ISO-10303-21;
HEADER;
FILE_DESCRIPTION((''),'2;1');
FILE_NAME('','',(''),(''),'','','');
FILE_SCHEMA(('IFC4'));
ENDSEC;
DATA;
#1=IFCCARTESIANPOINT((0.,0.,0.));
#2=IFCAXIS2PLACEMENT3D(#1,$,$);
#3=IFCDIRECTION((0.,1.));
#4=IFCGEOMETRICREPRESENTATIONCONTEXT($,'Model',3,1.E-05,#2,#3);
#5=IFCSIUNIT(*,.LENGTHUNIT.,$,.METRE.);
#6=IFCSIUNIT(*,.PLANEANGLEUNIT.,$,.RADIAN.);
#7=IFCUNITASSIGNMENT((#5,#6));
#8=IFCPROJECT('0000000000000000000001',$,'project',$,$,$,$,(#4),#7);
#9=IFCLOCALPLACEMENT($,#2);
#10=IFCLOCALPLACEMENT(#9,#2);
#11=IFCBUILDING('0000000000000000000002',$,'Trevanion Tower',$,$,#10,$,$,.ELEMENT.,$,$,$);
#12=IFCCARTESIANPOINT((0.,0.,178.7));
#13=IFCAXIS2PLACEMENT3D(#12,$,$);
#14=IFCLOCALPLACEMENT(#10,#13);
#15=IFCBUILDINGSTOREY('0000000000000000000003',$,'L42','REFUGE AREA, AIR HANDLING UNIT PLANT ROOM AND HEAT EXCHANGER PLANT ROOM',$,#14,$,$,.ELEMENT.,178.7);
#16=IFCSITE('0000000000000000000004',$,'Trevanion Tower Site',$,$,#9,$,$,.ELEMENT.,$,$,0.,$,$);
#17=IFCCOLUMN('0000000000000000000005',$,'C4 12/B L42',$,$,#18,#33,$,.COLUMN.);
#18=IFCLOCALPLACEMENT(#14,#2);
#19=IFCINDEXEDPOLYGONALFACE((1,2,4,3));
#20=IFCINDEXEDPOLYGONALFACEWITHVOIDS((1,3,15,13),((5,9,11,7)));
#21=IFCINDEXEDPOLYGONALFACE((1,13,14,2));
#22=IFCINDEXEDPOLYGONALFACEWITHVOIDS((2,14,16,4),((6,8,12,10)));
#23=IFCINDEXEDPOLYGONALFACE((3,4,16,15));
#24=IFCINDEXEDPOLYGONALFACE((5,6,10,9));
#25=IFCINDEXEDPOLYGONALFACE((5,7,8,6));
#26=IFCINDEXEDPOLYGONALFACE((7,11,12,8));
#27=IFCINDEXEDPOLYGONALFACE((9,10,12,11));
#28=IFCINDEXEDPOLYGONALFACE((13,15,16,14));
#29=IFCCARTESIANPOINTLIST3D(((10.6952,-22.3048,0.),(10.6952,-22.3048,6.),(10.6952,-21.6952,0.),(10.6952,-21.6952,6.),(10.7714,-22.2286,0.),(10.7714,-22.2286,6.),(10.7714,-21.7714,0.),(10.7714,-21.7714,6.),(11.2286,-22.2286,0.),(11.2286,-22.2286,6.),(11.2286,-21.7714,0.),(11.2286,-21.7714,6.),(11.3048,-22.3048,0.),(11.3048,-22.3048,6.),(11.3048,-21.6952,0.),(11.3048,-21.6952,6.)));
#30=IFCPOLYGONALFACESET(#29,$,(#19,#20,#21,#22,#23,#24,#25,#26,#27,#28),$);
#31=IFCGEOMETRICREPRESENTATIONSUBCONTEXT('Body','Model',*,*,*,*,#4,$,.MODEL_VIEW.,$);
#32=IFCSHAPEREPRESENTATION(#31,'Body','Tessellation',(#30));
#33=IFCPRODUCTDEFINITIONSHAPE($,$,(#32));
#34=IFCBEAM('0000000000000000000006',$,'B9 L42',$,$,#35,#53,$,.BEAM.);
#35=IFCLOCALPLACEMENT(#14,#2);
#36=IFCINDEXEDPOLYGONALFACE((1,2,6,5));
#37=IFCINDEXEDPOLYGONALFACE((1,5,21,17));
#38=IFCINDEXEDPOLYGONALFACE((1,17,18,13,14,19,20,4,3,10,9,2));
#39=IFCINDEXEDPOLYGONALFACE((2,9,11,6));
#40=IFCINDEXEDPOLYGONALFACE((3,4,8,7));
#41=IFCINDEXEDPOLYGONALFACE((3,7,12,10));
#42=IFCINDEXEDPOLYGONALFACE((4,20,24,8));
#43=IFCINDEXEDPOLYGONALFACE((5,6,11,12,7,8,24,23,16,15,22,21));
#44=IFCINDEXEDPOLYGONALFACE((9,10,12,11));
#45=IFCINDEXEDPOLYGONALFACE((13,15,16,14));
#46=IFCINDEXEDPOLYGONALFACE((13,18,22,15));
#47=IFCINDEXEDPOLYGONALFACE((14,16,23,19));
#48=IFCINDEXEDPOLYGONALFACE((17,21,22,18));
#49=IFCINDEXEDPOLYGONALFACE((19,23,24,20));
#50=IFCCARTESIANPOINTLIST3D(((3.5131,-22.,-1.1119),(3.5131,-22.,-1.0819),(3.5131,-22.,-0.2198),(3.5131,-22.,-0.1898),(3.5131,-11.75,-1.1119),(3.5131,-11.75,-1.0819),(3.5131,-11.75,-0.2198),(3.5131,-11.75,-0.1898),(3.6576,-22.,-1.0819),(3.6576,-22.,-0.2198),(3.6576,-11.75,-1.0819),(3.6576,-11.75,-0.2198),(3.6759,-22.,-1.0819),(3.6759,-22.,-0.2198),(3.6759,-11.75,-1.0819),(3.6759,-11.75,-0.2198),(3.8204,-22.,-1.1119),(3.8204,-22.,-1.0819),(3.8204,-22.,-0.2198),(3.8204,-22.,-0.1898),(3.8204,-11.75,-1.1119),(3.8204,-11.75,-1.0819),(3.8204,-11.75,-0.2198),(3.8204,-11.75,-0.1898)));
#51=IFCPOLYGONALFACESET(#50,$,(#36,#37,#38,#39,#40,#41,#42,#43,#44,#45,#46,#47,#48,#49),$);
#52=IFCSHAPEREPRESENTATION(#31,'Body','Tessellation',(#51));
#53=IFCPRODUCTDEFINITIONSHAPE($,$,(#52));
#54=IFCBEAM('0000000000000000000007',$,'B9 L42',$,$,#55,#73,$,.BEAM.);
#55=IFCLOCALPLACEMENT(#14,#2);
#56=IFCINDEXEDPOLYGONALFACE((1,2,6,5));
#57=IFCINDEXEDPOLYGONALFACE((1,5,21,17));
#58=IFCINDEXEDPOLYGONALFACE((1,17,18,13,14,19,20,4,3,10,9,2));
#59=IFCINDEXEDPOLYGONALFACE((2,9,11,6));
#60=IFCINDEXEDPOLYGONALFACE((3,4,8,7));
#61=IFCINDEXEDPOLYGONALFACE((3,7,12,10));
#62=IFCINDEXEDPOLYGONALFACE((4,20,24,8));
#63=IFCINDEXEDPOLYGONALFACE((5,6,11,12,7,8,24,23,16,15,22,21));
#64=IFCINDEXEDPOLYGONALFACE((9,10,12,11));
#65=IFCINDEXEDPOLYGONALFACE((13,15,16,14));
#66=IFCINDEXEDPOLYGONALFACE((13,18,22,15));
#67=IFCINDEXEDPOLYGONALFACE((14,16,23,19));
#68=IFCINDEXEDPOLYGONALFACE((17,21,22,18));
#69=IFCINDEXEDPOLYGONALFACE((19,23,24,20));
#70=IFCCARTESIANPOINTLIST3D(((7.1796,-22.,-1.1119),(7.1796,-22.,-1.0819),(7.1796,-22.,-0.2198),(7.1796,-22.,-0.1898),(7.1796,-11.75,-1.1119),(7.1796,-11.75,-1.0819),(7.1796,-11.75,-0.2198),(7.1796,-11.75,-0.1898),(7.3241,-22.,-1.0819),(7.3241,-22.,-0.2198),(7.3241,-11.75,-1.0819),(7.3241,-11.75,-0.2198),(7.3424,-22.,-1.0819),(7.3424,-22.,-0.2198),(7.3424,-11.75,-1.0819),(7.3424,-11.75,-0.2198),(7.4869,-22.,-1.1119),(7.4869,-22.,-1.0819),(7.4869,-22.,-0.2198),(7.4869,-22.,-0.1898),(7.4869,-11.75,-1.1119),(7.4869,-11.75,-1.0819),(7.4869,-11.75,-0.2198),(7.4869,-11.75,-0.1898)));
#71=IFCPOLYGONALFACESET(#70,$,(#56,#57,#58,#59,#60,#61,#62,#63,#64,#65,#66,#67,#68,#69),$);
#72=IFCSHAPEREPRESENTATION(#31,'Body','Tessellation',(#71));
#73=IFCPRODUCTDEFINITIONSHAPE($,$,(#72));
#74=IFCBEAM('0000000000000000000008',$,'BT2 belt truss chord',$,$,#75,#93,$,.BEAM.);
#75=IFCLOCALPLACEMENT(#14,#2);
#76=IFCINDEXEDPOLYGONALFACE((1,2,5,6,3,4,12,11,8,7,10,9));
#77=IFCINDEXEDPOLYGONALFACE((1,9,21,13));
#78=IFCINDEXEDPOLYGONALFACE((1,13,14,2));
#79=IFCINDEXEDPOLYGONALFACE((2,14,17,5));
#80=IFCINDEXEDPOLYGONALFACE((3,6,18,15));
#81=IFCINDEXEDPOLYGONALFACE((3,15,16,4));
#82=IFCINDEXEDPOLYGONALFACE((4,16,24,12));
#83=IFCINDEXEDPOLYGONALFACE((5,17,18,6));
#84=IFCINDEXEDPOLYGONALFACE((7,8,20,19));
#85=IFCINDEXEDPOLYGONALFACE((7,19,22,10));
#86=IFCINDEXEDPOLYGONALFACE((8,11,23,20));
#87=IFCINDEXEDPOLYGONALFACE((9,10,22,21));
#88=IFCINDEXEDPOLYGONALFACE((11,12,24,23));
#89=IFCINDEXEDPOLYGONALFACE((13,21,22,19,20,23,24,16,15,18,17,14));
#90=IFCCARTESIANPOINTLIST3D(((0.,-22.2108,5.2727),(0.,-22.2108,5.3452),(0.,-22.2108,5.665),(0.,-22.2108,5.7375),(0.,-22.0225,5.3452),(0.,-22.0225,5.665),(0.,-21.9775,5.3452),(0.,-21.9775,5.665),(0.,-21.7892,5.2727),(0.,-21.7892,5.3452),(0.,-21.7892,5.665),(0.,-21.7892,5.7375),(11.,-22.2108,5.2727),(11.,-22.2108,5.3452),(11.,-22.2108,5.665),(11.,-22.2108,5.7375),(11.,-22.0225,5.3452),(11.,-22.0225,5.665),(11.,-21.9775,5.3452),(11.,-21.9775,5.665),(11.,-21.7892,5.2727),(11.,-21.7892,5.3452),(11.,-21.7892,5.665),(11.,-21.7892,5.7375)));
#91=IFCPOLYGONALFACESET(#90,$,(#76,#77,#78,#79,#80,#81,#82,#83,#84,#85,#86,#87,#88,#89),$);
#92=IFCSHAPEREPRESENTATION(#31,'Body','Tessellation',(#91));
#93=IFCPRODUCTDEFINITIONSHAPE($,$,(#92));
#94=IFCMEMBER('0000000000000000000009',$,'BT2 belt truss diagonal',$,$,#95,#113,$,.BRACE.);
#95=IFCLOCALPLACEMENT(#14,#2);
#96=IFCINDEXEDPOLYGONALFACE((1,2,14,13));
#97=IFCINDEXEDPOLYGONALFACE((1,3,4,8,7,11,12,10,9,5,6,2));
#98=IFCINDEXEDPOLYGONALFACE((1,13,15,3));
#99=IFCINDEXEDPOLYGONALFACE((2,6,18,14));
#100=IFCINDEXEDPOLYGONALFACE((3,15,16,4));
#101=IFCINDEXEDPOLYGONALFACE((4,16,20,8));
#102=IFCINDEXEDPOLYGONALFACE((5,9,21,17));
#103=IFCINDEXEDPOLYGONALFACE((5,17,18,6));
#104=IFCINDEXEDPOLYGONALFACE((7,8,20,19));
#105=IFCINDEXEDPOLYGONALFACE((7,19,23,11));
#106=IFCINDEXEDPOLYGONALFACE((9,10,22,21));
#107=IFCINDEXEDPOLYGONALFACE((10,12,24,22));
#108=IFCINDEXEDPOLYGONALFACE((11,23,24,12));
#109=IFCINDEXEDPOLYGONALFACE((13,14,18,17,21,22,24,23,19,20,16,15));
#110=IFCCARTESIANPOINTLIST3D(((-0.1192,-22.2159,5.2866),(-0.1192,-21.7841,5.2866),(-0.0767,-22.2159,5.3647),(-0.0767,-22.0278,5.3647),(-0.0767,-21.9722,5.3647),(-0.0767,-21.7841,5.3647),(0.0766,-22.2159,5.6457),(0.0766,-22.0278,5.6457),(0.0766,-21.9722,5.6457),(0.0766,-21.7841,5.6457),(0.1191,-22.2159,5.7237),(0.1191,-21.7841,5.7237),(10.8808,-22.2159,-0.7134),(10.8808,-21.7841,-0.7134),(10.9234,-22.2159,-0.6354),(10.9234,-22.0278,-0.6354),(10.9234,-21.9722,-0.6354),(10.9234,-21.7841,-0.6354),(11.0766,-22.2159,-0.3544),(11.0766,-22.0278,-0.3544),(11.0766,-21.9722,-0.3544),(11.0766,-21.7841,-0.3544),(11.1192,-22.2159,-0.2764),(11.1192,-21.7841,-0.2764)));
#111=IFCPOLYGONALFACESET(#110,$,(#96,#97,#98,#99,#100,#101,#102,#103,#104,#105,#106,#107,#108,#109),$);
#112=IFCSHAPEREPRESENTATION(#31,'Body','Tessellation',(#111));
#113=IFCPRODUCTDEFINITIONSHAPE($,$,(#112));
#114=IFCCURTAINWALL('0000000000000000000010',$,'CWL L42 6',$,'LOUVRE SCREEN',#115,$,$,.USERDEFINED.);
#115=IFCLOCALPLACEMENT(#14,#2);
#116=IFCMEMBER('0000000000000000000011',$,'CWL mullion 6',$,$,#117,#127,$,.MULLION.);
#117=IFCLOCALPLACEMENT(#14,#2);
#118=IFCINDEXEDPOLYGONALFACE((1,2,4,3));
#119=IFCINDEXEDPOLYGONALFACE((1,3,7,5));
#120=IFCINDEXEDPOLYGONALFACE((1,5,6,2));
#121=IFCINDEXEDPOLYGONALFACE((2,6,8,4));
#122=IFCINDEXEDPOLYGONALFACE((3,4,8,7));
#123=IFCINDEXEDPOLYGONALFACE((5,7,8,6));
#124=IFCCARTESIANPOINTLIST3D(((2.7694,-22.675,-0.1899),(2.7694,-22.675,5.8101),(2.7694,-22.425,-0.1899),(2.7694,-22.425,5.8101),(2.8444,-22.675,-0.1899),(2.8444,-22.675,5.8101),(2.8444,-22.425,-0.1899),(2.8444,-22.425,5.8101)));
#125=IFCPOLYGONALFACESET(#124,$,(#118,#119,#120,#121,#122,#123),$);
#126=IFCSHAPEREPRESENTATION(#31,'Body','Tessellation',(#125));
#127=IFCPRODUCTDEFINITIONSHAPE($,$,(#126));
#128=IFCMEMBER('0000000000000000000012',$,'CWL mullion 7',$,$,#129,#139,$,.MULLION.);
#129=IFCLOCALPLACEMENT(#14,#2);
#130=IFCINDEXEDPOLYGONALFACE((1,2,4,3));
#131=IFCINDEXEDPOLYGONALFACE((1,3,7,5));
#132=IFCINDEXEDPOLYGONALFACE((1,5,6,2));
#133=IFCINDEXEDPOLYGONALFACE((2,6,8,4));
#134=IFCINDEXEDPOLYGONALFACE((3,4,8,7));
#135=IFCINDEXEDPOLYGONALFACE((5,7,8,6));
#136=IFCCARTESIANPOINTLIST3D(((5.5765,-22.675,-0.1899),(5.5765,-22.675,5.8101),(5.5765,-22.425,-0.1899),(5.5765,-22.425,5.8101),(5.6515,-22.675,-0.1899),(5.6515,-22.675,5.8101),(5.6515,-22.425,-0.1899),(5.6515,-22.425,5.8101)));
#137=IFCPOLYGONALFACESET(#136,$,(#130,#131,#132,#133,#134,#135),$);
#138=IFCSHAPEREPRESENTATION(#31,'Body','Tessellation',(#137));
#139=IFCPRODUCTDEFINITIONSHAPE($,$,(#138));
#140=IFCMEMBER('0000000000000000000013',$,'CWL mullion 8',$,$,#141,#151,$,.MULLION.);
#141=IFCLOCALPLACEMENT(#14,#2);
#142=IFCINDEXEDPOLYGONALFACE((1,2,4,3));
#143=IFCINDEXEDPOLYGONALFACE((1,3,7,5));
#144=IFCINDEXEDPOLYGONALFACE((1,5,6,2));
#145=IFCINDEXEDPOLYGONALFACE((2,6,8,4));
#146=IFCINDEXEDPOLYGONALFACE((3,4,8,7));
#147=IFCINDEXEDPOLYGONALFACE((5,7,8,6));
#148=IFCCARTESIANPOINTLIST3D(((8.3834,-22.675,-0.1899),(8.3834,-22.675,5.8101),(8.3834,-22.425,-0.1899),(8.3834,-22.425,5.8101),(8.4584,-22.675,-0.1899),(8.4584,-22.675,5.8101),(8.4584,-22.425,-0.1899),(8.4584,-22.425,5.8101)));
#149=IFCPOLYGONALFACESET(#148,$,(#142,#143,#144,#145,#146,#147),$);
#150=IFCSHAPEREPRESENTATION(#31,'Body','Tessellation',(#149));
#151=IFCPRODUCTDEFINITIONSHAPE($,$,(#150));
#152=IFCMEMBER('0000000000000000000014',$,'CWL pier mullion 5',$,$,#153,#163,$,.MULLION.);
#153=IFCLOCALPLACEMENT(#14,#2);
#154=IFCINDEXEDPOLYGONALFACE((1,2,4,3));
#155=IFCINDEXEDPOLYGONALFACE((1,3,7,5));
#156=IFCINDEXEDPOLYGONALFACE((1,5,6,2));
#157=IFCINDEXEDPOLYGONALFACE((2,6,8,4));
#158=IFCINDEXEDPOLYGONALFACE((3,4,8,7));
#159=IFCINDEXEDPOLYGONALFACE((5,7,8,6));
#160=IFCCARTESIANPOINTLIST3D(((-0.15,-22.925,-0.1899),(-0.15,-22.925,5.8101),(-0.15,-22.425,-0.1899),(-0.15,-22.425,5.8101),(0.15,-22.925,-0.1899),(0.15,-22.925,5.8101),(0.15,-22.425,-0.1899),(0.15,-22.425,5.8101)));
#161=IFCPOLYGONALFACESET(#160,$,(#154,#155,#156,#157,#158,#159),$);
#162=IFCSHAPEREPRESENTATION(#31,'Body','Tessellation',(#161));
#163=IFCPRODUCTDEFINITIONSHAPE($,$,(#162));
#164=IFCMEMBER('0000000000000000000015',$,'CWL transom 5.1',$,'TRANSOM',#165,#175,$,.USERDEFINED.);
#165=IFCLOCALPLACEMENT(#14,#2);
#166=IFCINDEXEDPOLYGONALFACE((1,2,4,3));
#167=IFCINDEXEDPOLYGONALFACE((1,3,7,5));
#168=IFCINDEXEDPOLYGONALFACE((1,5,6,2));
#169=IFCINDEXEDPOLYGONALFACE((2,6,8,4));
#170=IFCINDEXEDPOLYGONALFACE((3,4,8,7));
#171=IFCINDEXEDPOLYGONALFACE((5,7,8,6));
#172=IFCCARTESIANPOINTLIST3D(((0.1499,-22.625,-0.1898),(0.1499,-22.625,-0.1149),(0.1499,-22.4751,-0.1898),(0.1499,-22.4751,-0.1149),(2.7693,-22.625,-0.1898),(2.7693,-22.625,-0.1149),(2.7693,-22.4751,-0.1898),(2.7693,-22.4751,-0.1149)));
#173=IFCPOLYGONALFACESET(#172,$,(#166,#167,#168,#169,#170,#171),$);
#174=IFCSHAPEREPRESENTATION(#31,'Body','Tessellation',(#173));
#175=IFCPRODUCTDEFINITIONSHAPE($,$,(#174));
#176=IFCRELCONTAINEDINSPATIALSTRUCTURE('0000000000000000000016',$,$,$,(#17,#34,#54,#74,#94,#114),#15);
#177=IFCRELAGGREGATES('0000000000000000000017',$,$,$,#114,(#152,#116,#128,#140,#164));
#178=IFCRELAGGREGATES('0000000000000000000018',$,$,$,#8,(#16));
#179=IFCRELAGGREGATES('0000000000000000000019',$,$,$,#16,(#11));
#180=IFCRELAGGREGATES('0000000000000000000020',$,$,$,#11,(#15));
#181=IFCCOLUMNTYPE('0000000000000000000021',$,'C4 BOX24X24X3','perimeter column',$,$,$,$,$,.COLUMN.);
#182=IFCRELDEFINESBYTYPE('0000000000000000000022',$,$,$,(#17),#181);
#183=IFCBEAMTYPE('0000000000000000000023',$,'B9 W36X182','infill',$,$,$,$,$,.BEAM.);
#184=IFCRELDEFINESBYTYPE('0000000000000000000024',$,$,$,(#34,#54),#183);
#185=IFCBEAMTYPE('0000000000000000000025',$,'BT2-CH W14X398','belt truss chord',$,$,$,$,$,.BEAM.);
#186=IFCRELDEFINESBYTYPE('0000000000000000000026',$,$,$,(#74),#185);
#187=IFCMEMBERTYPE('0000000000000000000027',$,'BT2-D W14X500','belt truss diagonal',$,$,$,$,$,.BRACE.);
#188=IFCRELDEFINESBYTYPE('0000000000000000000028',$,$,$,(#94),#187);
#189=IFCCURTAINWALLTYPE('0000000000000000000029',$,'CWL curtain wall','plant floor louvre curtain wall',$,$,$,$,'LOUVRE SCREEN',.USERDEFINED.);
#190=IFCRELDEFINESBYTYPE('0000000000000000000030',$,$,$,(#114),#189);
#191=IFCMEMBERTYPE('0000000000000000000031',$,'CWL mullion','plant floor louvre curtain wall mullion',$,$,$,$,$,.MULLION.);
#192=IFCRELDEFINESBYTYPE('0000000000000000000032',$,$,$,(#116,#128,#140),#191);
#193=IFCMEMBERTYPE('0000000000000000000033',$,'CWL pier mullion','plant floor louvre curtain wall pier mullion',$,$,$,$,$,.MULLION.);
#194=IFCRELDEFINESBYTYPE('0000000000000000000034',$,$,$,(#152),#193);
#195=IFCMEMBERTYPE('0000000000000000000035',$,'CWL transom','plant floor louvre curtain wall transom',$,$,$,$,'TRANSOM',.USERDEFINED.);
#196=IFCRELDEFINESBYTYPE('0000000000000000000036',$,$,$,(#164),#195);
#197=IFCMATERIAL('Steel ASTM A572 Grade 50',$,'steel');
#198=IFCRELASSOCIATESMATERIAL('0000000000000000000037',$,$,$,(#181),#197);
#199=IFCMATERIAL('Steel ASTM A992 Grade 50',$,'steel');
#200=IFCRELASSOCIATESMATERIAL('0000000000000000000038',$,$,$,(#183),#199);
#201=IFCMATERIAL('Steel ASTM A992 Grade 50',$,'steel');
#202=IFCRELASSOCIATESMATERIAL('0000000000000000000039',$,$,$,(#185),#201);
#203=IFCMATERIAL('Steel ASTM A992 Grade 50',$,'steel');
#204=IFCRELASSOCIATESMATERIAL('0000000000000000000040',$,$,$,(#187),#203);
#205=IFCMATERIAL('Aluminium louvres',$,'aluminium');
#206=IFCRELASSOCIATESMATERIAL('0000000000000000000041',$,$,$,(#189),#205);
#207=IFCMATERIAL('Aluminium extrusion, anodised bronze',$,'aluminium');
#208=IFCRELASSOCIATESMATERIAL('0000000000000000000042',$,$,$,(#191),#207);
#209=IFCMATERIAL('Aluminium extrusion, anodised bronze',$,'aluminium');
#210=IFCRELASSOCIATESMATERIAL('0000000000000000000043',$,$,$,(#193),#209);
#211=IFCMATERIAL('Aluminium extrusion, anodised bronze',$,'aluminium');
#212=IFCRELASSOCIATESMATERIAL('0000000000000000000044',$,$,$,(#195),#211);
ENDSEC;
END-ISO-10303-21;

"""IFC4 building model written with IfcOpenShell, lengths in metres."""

from ifc_helpers import new_model, si_unit, direction, frame, origin, origin_2d, place, context, subcontext, project, spatial, rectangle, hollow_rectangle, i_section, extrude, material, material_profile, profile_set, type_object, element, aggregate, save


model = new_model("IFC4")

# Units and contexts
model_context = context("Model", 3, precision=1e-05, world=origin(), true_north=direction((0.0, 1.0)))
body_context = subcontext(model_context, "Body", "Model", "MODEL_VIEW")
ifc_project = project(units=[si_unit("LENGTHUNIT", "METRE"), si_unit("PLANEANGLEUNIT", "RADIAN")], contexts=[model_context])

# Site, building, storey
site_placement = place(None, origin())
site = spatial("IfcSite", under=ifc_project, at=site_placement, Name="Trevanion Tower Site", CompositionType="ELEMENT", RefElevation=0.0)
building_placement = place(site_placement, origin())
building = spatial("IfcBuilding", under=site, at=building_placement, Name="Trevanion Tower", CompositionType="ELEMENT")
storey_placement = place(building_placement, frame((0.0, 0.0, 178.7)))
storey = spatial("IfcBuildingStorey", under=building, at=storey_placement, Name="L42", Description="REFUGE AREA, AIR HANDLING UNIT PLANT ROOM AND HEAT EXCHANGER PLANT ROOM", CompositionType="ELEMENT", Elevation=178.7)

# Column
ifc_material_1 = material(Name="Steel ASTM A572 Grade 50", Category="steel")
ifc_material_profile_1 = material_profile(ifc_material_1, hollow_rectangle(XDim=0.6096, YDim=0.6096, WallThickness=0.0762, at=origin_2d()), Name="BOX24X24X3")
ifc_profile_set_1 = profile_set([ifc_material_profile_1], Name="Steel ASTM A572 Grade 50")
column_type = type_object("IfcColumnType", Name="C4 BOX24X24X3", Description="perimeter column", PredefinedType="COLUMN", material=ifc_profile_set_1)
column_placement = place(storey_placement, frame((11.0, -22.0, 0.0), z_axis=(0.0, 0.0, 1.0), x_axis=(1.0, 0.0, 0.0)))
element("IfcColumn", 1, at=column_placement, inside=storey, type_object=column_type, Name="C4 12/B L42", PredefinedType="COLUMN", context=body_context, shape_type="SweptSolid", body=[
    extrude(hollow_rectangle(XDim=0.6096, YDim=0.6096, WallThickness=0.0762, at=origin_2d()), origin(), (0.0, 0.0, 1.0), 6.0),
])

# Beams
ifc_material_2 = material(Name="Steel ASTM A992 Grade 50", Category="steel")
ifc_material_profile_2 = material_profile(ifc_material_2, i_section(OverallWidth=0.3074, OverallDepth=0.9221, WebThickness=0.0183, FlangeThickness=0.03, at=origin_2d()), Name="W36X182")
ifc_profile_set_2 = profile_set([ifc_material_profile_2], Name="Steel ASTM A992 Grade 50")
beam_type_1 = type_object("IfcBeamType", Name="B9 W36X182", Description="infill", PredefinedType="BEAM", material=ifc_profile_set_2)
for number, where, z_axis, x_axis, name in (
    (2, (3.6667, -11.75, -0.6509), (0.0, -1.0, 0.0), (1.0, 0.0, 0.0), "B9 L42"),
    (3, (7.3333, -11.75, -0.6509), (0.0, -1.0, 0.0), (1.0, 0.0, 0.0), "B9 L42"),
):
    element("IfcBeam", number, at=place(storey_placement, frame(where, z_axis=z_axis, x_axis=x_axis)), inside=storey, type_object=beam_type_1, Name=name, PredefinedType="BEAM", context=body_context, shape_type="SweptSolid", body=[
        extrude(i_section(OverallWidth=0.3074, OverallDepth=0.9221, WebThickness=0.0183, FlangeThickness=0.03, at=origin_2d()), origin(), (0.0, 0.0, 1.0), 10.25),
    ])
ifc_material_3 = material(Name="Steel ASTM A992 Grade 50", Category="steel")
ifc_material_profile_3 = material_profile(ifc_material_3, i_section(OverallWidth=0.4216, OverallDepth=0.4648, WebThickness=0.0449, FlangeThickness=0.0725, at=origin_2d()), Name="W14X398")
ifc_profile_set_3 = profile_set([ifc_material_profile_3], Name="Steel ASTM A992 Grade 50")
beam_type_2 = type_object("IfcBeamType", Name="BT2-CH W14X398", Description="belt truss chord", PredefinedType="BEAM", material=ifc_profile_set_3)
beam_1_placement = place(storey_placement, frame((0.0, -22.0, 5.5051), z_axis=(1.0, 0.0, 0.0), x_axis=(0.0, 1.0, 0.0)))
element("IfcBeam", 4, at=beam_1_placement, inside=storey, type_object=beam_type_2, Name="BT2 belt truss chord", PredefinedType="BEAM", context=body_context, shape_type="SweptSolid", body=[
    extrude(i_section(OverallWidth=0.4216, OverallDepth=0.4648, WebThickness=0.0449, FlangeThickness=0.0725, at=origin_2d()), origin(), (0.0, 0.0, 1.0), 11.0),
])

# Member
ifc_material_4 = material(Name="Steel ASTM A992 Grade 50", Category="steel")
ifc_material_profile_4 = material_profile(ifc_material_4, i_section(OverallWidth=0.4319, OverallDepth=0.4978, WebThickness=0.0557, FlangeThickness=0.0889, at=origin_2d()), Name="W14X500")
ifc_profile_set_4 = profile_set([ifc_material_profile_4], Name="Steel ASTM A992 Grade 50")
member_type_1 = type_object("IfcMemberType", Name="BT2-D W14X500", Description="belt truss diagonal", PredefinedType="BRACE", material=ifc_profile_set_4)
member_1_placement = place(storey_placement, frame((11.0, -22.0, -0.4949), z_axis=(-0.877896, 0.0, 0.478852), x_axis=(0.0, -1.0, 0.0)))
element("IfcMember", 5, at=member_1_placement, inside=storey, type_object=member_type_1, Name="BT2 belt truss diagonal", PredefinedType="BRACE", context=body_context, shape_type="SweptSolid", body=[
    extrude(i_section(OverallWidth=0.4319, OverallDepth=0.4978, WebThickness=0.0557, FlangeThickness=0.0889, at=origin_2d()), origin(), (0.0, 0.0, 1.0), 12.53),
])

# Curtain wall, members
ifc_material_5 = material(Name="Aluminium louvres", Category="aluminium")
curtain_wall_type = type_object("IfcCurtainWallType", Name="CWL curtain wall", Description="plant floor louvre curtain wall", ElementType="LOUVRE SCREEN", PredefinedType="USERDEFINED", material=ifc_material_5)
curtain_wall_placement = place(storey_placement, origin())
curtain_wall = element("IfcCurtainWall", 6, at=curtain_wall_placement, inside=storey, type_object=curtain_wall_type, Name="CWL L42 6", ObjectType="LOUVRE SCREEN", PredefinedType="USERDEFINED")
ifc_material_6 = material(Name="Aluminium extrusion, anodised bronze", Category="aluminium")
ifc_material_profile_5 = material_profile(ifc_material_6, rectangle(XDim=0.075, YDim=0.25, at=origin_2d()), Name="CWL mullion")
ifc_profile_set_5 = profile_set([ifc_material_profile_5], Name="Aluminium extrusion, anodised bronze")
member_type_2 = type_object("IfcMemberType", Name="CWL mullion", Description="plant floor louvre curtain wall mullion", PredefinedType="MULLION", material=ifc_profile_set_5)
member_2_placement = place(storey_placement, frame((2.8069, -22.55, -0.1899), z_axis=(0.0, 0.0, 1.0), x_axis=(1.0, 0.0, 0.0)))
member_2 = element("IfcMember", 7, at=member_2_placement, type_object=member_type_2, Name="CWL mullion 6", PredefinedType="MULLION", context=body_context, shape_type="SweptSolid", body=[
    extrude(rectangle(XDim=0.075, YDim=0.25, at=origin_2d()), origin(), (0.0, 0.0, 1.0), 6.0),
])
member_3_placement = place(storey_placement, frame((5.614, -22.55, -0.1899), z_axis=(0.0, 0.0, 1.0), x_axis=(1.0, 0.0, 0.0)))
member_3 = element("IfcMember", 8, at=member_3_placement, type_object=member_type_2, Name="CWL mullion 7", PredefinedType="MULLION", context=body_context, shape_type="SweptSolid", body=[
    extrude(rectangle(XDim=0.075, YDim=0.25, at=origin_2d()), origin(), (0.0, 0.0, 1.0), 6.0),
])
member_4_placement = place(storey_placement, frame((8.4209, -22.55, -0.1899), z_axis=(0.0, 0.0, 1.0), x_axis=(1.0, 0.0, 0.0)))
member_4 = element("IfcMember", 9, at=member_4_placement, type_object=member_type_2, Name="CWL mullion 8", PredefinedType="MULLION", context=body_context, shape_type="SweptSolid", body=[
    extrude(rectangle(XDim=0.075, YDim=0.25, at=origin_2d()), origin(), (0.0, 0.0, 1.0), 6.0),
])
ifc_material_7 = material(Name="Aluminium extrusion, anodised bronze", Category="aluminium")
ifc_material_profile_6 = material_profile(ifc_material_7, rectangle(XDim=0.3, YDim=0.5, at=origin_2d()), Name="CWL pier mullion")
ifc_profile_set_6 = profile_set([ifc_material_profile_6], Name="Aluminium extrusion, anodised bronze")
member_type_3 = type_object("IfcMemberType", Name="CWL pier mullion", Description="plant floor louvre curtain wall pier mullion", PredefinedType="MULLION", material=ifc_profile_set_6)
member_5_placement = place(storey_placement, frame((0.0, -22.675, -0.1899), z_axis=(0.0, 0.0, 1.0), x_axis=(1.0, 0.0, 0.0)))
member_5 = element("IfcMember", 10, at=member_5_placement, type_object=member_type_3, Name="CWL pier mullion 5", PredefinedType="MULLION", context=body_context, shape_type="SweptSolid", body=[
    extrude(rectangle(XDim=0.3, YDim=0.5, at=origin_2d()), origin(), (0.0, 0.0, 1.0), 6.0),
])
ifc_material_8 = material(Name="Aluminium extrusion, anodised bronze", Category="aluminium")
ifc_material_profile_7 = material_profile(ifc_material_8, rectangle(XDim=0.1499, YDim=0.075, at=origin_2d()), Name="CWL transom")
ifc_profile_set_7 = profile_set([ifc_material_profile_7], Name="Aluminium extrusion, anodised bronze")
member_type_4 = type_object("IfcMemberType", Name="CWL transom", Description="plant floor louvre curtain wall transom", ElementType="TRANSOM", PredefinedType="USERDEFINED", material=ifc_profile_set_7)
member_6_placement = place(storey_placement, frame((0.1499, -22.55, -0.1523), z_axis=(1.0, 0.0, 0.0), x_axis=(0.0, 1.0, 0.0)))
member_6 = element("IfcMember", 11, at=member_6_placement, type_object=member_type_4, Name="CWL transom 5.1", ObjectType="TRANSOM", PredefinedType="USERDEFINED", context=body_context, shape_type="SweptSolid", body=[
    extrude(rectangle(XDim=0.1499, YDim=0.075, at=origin_2d()), origin(), (0.0, 0.0, 1.0), 2.6194),
])

aggregate(curtain_wall, [member_5, member_2, member_3, member_4, member_6])

save(model, "model.ifc")
